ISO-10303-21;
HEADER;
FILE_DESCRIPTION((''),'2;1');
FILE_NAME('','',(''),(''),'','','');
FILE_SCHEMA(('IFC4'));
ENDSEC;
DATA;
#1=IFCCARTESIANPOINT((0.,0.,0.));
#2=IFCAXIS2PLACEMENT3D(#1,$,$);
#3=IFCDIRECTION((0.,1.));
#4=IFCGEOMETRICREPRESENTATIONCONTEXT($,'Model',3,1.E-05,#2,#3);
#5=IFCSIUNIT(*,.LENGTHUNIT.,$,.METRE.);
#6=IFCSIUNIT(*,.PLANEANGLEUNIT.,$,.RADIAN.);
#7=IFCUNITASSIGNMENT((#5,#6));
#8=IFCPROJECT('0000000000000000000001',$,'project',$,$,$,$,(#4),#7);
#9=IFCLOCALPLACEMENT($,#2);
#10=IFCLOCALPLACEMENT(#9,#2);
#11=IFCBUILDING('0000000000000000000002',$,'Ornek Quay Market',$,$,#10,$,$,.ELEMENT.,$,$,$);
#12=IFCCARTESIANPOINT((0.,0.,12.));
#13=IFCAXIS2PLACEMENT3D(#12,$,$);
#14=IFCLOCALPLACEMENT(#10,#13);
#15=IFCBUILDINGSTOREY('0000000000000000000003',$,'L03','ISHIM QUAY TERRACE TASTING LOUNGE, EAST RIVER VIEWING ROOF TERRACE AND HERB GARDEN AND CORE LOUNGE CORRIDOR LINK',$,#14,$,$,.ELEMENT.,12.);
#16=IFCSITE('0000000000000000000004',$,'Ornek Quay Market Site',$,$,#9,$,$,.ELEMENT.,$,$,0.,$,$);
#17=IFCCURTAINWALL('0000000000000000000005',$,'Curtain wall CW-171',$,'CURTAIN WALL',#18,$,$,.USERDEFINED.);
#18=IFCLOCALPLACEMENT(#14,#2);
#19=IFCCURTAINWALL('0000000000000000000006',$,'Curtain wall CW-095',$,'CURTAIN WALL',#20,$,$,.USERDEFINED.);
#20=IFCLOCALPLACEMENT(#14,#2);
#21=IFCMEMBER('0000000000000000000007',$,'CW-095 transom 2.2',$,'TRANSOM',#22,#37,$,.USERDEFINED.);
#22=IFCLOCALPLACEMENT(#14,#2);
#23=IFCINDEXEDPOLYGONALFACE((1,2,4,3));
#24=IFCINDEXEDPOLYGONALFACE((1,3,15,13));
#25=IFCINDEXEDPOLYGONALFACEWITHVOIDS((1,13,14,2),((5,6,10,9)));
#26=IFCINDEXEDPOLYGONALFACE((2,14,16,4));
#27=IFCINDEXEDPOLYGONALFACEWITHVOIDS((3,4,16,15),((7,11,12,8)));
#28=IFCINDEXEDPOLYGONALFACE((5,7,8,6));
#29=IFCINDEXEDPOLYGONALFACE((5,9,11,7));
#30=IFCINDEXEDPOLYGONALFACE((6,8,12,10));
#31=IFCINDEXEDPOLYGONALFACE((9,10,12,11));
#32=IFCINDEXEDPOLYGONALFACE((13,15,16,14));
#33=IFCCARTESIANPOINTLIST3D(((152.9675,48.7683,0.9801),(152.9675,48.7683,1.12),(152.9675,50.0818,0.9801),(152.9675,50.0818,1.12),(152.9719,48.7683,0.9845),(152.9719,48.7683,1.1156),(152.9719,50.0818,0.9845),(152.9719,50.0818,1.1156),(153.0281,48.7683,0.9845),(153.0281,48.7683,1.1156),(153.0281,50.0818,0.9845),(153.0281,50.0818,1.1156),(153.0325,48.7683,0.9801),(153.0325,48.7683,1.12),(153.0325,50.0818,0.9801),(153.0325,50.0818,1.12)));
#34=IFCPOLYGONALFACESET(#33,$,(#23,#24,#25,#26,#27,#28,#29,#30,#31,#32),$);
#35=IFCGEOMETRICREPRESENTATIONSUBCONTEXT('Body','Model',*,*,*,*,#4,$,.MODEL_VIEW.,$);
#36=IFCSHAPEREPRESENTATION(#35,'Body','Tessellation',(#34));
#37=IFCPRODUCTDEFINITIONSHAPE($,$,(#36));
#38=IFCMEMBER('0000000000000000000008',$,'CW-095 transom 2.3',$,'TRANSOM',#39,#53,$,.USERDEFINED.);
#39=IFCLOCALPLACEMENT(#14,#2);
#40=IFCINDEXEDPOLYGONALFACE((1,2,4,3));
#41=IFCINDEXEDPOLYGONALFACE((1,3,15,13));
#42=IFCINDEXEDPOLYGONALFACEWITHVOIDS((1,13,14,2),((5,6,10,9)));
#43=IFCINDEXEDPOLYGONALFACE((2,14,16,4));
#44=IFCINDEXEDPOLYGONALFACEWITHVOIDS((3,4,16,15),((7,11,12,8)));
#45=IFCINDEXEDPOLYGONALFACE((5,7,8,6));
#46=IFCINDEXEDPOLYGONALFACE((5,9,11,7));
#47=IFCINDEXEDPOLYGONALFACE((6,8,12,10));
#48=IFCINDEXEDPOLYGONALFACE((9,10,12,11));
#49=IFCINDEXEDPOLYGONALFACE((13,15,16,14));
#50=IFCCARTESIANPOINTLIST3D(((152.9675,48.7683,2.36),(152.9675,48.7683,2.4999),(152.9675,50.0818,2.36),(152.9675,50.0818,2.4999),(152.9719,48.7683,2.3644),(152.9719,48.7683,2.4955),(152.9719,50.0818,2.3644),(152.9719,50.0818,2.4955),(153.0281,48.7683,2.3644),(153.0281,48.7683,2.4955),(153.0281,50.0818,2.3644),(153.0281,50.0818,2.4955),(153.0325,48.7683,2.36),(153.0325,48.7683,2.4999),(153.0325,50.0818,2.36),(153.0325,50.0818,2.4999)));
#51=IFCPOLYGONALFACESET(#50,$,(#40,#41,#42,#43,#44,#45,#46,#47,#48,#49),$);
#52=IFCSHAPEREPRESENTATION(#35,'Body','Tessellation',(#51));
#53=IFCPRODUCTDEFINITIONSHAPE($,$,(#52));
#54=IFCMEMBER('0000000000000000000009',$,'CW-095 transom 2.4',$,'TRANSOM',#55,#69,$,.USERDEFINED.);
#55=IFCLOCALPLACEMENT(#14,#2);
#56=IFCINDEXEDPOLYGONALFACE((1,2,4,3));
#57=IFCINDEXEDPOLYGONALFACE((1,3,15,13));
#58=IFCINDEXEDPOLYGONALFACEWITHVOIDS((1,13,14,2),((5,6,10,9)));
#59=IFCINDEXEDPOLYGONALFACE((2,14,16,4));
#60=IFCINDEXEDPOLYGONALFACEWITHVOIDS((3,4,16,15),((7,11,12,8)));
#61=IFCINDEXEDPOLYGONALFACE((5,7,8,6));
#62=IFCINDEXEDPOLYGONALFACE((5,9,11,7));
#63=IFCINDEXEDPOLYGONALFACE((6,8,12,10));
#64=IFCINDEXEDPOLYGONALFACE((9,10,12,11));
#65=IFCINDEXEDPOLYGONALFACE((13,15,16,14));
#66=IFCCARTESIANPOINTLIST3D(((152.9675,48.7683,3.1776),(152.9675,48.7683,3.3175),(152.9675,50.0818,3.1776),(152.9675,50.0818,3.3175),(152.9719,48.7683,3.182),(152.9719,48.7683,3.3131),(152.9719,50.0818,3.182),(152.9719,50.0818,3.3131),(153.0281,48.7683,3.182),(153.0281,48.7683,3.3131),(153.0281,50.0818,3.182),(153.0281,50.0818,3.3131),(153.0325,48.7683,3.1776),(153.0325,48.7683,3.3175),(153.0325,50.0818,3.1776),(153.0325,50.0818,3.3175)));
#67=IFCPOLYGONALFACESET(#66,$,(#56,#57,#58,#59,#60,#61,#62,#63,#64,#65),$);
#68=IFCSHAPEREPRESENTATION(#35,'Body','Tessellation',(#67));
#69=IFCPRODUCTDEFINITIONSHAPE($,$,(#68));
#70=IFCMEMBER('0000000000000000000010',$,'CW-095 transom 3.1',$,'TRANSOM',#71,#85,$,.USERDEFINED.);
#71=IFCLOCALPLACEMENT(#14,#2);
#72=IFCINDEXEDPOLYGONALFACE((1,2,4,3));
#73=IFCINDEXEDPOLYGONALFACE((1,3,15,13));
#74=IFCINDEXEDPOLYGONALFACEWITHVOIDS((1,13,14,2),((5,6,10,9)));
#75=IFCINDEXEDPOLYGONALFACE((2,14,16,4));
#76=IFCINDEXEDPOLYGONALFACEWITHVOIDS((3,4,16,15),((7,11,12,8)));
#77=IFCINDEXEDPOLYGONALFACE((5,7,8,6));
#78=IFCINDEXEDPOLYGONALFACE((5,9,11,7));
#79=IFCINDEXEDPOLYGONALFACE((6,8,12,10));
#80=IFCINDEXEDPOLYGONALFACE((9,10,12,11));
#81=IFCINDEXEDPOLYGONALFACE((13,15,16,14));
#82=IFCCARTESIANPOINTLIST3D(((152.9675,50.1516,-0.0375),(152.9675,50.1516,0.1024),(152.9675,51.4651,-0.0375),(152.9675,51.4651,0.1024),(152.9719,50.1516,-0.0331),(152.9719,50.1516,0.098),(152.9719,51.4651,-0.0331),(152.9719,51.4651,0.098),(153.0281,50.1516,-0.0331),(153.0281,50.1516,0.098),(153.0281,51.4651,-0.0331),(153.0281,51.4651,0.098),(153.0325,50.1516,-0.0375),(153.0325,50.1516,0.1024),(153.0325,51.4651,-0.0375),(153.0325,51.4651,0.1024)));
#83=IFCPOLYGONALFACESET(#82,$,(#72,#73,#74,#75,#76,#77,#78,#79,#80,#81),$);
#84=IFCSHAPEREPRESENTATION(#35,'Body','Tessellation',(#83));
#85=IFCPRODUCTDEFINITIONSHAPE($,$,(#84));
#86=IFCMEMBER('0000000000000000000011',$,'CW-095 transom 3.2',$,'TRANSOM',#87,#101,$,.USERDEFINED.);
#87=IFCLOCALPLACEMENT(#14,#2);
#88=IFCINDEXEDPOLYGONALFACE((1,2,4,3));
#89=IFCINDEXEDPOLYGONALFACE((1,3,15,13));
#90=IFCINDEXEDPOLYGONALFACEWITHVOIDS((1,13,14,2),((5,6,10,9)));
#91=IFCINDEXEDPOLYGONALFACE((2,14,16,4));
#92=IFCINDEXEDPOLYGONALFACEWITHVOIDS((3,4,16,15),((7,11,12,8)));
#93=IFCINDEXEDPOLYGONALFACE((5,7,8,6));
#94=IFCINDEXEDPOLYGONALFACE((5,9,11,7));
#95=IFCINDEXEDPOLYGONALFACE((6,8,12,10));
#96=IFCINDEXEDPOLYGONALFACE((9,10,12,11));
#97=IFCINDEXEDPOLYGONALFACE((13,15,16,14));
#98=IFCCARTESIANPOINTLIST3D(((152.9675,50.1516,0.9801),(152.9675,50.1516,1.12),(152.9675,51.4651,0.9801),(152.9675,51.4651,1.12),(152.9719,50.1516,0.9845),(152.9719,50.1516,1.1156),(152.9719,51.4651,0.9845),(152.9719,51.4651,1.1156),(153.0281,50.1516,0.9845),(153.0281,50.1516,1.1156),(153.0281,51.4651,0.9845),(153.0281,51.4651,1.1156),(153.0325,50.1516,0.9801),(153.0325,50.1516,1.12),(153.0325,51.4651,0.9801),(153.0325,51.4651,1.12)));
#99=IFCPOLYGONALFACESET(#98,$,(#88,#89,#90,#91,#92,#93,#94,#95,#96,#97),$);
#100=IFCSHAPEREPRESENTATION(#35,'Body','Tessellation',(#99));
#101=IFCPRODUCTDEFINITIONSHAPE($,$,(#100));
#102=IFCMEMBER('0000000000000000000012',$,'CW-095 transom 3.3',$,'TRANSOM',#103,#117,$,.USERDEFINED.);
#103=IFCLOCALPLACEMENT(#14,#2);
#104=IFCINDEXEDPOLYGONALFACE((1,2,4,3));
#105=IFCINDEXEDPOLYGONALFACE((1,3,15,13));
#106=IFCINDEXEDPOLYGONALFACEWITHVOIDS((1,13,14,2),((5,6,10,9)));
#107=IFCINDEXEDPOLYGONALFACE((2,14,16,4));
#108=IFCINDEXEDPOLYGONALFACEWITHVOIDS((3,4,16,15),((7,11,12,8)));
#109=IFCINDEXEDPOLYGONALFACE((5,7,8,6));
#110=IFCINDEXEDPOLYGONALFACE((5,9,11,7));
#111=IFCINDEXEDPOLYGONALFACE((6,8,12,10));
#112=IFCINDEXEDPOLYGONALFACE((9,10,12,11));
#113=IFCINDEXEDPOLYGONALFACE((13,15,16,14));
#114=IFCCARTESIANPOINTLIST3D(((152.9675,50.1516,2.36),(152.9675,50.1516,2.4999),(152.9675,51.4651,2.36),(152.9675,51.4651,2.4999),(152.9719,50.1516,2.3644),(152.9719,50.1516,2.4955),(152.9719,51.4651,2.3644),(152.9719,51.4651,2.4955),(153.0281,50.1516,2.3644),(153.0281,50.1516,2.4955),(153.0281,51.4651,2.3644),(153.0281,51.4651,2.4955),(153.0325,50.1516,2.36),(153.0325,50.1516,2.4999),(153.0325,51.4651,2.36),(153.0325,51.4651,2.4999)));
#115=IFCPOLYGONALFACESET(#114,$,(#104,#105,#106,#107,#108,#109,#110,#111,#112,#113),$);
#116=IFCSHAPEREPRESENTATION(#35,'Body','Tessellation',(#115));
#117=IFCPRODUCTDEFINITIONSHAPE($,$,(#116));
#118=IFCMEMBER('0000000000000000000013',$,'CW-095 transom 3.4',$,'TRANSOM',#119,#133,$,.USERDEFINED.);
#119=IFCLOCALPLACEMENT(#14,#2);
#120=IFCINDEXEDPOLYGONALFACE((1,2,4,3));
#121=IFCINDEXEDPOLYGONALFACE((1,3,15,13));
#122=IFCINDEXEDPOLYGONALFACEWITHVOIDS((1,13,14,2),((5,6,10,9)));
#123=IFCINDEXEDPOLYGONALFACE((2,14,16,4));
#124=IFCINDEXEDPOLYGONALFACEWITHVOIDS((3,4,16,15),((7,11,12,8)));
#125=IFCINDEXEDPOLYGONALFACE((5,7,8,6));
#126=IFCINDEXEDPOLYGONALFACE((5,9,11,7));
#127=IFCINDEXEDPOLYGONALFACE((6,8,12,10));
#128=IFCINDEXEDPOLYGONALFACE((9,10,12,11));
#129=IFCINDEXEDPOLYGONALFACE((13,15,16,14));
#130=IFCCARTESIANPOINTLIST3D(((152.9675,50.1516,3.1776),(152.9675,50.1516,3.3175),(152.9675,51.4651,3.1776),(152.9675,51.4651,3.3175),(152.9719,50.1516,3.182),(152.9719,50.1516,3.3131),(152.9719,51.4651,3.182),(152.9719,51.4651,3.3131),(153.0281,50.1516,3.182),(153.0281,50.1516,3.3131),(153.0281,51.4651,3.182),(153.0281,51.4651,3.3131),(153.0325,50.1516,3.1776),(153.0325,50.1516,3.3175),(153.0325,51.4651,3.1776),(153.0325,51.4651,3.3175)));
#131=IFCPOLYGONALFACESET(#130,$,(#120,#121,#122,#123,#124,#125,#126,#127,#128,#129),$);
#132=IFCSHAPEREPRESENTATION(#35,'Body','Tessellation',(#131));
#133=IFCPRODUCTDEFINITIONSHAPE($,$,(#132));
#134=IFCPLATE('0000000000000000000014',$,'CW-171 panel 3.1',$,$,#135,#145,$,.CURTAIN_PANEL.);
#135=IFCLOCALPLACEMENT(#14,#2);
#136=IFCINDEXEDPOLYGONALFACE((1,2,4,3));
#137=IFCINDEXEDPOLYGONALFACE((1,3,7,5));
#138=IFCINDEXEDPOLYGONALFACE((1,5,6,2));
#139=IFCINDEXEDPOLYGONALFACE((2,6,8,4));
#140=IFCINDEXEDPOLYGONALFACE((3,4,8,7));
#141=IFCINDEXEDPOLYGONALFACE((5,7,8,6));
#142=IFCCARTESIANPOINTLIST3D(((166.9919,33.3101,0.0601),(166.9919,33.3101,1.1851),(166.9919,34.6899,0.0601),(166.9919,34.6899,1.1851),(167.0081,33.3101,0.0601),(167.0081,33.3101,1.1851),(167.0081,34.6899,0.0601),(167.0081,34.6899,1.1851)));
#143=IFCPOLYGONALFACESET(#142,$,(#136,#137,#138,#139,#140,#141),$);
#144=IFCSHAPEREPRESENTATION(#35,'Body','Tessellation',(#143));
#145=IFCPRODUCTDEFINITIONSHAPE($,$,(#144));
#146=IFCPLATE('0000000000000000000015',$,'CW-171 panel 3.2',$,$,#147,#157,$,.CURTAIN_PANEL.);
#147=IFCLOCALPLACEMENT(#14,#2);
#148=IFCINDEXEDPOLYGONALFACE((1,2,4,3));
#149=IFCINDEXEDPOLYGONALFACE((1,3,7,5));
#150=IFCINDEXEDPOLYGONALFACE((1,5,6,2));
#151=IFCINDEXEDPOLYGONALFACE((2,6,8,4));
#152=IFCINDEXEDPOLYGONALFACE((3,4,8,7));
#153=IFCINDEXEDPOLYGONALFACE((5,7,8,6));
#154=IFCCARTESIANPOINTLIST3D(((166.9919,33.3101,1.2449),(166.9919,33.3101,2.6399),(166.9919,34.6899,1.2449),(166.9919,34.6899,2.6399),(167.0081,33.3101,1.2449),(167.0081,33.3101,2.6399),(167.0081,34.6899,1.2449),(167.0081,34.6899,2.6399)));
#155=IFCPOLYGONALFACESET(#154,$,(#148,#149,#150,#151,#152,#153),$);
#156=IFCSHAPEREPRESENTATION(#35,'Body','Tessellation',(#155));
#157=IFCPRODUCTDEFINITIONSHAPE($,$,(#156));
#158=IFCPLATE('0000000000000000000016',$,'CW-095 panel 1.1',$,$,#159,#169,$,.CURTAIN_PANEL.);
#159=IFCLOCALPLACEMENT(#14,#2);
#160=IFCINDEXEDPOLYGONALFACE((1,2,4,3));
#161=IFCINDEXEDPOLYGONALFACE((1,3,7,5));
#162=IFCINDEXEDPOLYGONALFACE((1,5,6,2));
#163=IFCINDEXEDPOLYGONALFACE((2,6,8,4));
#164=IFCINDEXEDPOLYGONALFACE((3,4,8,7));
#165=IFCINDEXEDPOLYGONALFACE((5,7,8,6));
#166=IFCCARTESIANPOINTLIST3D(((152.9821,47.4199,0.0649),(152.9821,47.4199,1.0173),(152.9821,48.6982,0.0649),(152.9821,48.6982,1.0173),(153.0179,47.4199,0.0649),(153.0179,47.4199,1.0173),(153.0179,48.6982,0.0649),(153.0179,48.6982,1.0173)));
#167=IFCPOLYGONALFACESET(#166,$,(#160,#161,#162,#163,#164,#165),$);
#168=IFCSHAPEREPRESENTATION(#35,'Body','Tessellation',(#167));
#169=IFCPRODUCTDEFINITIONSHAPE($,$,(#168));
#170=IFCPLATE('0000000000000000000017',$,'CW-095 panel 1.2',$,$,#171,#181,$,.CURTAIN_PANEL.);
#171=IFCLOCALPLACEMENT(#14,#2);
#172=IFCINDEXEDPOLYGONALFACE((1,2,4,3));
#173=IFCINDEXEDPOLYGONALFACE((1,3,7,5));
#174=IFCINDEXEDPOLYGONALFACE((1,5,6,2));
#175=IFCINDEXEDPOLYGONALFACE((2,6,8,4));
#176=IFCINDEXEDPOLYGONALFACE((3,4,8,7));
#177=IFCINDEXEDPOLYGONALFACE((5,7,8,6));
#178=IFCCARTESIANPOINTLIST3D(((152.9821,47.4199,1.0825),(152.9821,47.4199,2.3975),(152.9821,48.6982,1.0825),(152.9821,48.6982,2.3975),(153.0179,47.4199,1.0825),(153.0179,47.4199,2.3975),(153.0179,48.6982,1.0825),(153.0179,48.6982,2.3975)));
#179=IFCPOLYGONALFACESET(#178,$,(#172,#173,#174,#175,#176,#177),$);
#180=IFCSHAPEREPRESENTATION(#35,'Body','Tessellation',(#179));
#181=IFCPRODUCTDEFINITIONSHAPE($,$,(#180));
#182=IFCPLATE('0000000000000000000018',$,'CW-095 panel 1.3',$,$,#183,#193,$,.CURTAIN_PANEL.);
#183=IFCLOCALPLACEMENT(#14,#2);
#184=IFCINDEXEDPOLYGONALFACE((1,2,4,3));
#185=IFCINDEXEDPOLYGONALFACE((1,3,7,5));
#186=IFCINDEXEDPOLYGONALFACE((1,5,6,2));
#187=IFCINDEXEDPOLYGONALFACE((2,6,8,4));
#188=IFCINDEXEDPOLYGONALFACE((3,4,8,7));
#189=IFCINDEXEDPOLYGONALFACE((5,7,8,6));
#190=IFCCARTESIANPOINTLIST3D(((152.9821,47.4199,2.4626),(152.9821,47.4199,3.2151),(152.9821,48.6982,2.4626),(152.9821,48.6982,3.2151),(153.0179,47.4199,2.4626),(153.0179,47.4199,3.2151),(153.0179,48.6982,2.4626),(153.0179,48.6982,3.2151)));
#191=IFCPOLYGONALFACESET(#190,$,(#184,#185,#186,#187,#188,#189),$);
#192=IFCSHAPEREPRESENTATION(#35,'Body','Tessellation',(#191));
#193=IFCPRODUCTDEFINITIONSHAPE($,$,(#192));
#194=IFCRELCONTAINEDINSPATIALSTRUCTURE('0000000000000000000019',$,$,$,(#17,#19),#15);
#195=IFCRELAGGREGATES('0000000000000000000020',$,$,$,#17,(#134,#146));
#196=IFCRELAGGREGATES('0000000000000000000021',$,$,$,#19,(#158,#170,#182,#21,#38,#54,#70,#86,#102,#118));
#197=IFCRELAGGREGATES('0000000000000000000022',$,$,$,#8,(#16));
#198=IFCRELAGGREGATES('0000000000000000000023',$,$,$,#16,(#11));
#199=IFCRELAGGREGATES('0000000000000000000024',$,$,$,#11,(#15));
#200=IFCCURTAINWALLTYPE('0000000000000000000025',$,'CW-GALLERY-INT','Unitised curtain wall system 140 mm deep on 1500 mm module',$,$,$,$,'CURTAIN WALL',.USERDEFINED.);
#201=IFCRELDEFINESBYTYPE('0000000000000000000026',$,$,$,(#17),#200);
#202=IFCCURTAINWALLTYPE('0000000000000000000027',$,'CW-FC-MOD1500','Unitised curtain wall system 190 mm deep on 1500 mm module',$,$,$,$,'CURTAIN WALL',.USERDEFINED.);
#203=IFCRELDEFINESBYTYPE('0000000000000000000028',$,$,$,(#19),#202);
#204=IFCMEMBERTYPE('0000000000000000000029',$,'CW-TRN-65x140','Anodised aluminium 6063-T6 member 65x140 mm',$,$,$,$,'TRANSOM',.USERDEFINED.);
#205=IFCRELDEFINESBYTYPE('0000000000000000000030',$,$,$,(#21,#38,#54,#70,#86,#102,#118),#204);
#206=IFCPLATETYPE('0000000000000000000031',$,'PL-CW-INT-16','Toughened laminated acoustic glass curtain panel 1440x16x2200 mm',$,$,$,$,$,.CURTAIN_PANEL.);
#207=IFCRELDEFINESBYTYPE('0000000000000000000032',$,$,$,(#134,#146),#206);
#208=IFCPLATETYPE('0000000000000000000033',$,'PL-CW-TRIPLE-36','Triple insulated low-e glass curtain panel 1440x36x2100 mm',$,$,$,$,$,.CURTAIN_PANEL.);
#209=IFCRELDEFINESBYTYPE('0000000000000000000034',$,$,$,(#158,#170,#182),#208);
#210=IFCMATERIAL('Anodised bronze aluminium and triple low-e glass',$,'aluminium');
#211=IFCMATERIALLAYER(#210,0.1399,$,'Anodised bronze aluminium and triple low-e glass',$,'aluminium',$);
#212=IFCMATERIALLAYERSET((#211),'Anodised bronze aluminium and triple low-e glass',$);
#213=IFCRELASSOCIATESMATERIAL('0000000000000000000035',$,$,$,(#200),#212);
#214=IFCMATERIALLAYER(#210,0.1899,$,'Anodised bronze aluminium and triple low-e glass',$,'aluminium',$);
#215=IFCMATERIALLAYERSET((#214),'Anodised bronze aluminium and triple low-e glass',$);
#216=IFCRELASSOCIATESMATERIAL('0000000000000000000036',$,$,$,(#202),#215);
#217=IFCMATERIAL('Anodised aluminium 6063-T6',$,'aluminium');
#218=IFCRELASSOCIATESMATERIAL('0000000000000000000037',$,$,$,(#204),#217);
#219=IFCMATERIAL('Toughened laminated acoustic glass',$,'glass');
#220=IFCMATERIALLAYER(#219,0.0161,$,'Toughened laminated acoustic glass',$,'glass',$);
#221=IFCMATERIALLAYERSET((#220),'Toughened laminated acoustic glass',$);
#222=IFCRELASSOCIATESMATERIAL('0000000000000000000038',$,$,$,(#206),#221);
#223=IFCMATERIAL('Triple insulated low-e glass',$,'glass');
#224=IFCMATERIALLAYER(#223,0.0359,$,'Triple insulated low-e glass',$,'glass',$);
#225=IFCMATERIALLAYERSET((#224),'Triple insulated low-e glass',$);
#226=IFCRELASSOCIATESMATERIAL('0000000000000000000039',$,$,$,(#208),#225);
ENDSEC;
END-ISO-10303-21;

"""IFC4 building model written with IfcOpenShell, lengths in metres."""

from ifc_helpers import new_model, si_unit, direction, frame, origin, origin_2d, place, context, subcontext, project, spatial, rectangle, hollow_rectangle, extrude, material, layer, layer_set, material_profile, profile_set, type_object, element, aggregate, save


model = new_model("IFC4")

# Units and contexts
model_context = context("Model", 3, precision=1e-05, world=origin(), true_north=direction((0.0, 1.0)))
body_context = subcontext(model_context, "Body", "Model", "MODEL_VIEW")
ifc_project = project(units=[si_unit("LENGTHUNIT", "METRE"), si_unit("PLANEANGLEUNIT", "RADIAN")], contexts=[model_context])

# Site, building, storey
site_placement = place(None, origin())
site = spatial("IfcSite", under=ifc_project, at=site_placement, Name="Ornek Quay Market Site", CompositionType="ELEMENT", RefElevation=0.0)
building_placement = place(site_placement, origin())
building = spatial("IfcBuilding", under=site, at=building_placement, Name="Ornek Quay Market", CompositionType="ELEMENT")
storey_placement = place(building_placement, frame((0.0, 0.0, 12.0)))
storey = spatial("IfcBuildingStorey", under=building, at=storey_placement, Name="L03", Description="ISHIM QUAY TERRACE TASTING LOUNGE, EAST RIVER VIEWING ROOF TERRACE AND HERB GARDEN AND CORE LOUNGE CORRIDOR LINK", CompositionType="ELEMENT", Elevation=12.0)

# Curtain wall
ifc_material_1 = material(Name="Anodised bronze aluminium and triple low-e glass", Category="aluminium")
ifc_layer_1 = layer(ifc_material_1, 0.1399, Name="Anodised bronze aluminium and triple low-e glass", Category="aluminium")
ifc_layer_set_1 = layer_set([ifc_layer_1], Name="Anodised bronze aluminium and triple low-e glass")
curtain_wall_type_1 = type_object("IfcCurtainWallType", Name="CW-GALLERY-INT", Description="Unitised curtain wall system 140 mm deep on 1500 mm module", ElementType="CURTAIN WALL", PredefinedType="USERDEFINED", material=ifc_layer_set_1)
curtain_wall_1_placement = place(storey_placement, origin())
curtain_wall_1 = element("IfcCurtainWall", 1, at=curtain_wall_1_placement, inside=storey, type_object=curtain_wall_type_1, Name="Curtain wall CW-171", ObjectType="CURTAIN WALL", PredefinedType="USERDEFINED")
ifc_material_2 = material(Name="Anodised aluminium 6063-T6", Category="aluminium")

# Curtain wall
ifc_layer_2 = layer(ifc_material_1, 0.1899, Name="Anodised bronze aluminium and triple low-e glass", Category="aluminium")
ifc_layer_set_2 = layer_set([ifc_layer_2], Name="Anodised bronze aluminium and triple low-e glass")
curtain_wall_type_2 = type_object("IfcCurtainWallType", Name="CW-FC-MOD1500", Description="Unitised curtain wall system 190 mm deep on 1500 mm module", ElementType="CURTAIN WALL", PredefinedType="USERDEFINED", material=ifc_layer_set_2)
curtain_wall_2_placement = place(storey_placement, origin())
curtain_wall_2 = element("IfcCurtainWall", 2, at=curtain_wall_2_placement, inside=storey, type_object=curtain_wall_type_2, Name="Curtain wall CW-095", ObjectType="CURTAIN WALL", PredefinedType="USERDEFINED")

# Members
ifc_material_profile_1 = material_profile(ifc_material_2, hollow_rectangle(XDim=0.0649, YDim=0.1399, WallThickness=0.0044, at=origin_2d()), Name="CW-TRN-65x140", Category="aluminium")
ifc_profile_set_1 = profile_set([ifc_material_profile_1], Name="Anodised aluminium 6063-T6")
member_type_1 = type_object("IfcMemberType", Name="CW-TRN-65x140", Description="Anodised aluminium 6063-T6 member 65x140 mm", ElementType="TRANSOM", PredefinedType="USERDEFINED", material=ifc_profile_set_1)
member_1_placement = place(storey_placement, frame((153.0, 48.7683, 1.05), z_axis=(0.0, 1.0, 0.0), x_axis=(-1.0, 0.0, 0.0)))
member_1 = element("IfcMember", 3, at=member_1_placement, type_object=member_type_1, Name="CW-095 transom 2.2", ObjectType="TRANSOM", PredefinedType="USERDEFINED", context=body_context, shape_type="SweptSolid", body=[
    extrude(hollow_rectangle(XDim=0.0649, YDim=0.1399, WallThickness=0.0044, at=origin_2d()), origin(), (0.0, 0.0, 1.0), 1.3135),
])
member_2_placement = place(storey_placement, frame((153.0, 48.7683, 2.4299), z_axis=(0.0, 1.0, 0.0), x_axis=(-1.0, 0.0, 0.0)))
member_2 = element("IfcMember", 4, at=member_2_placement, type_object=member_type_1, Name="CW-095 transom 2.3", ObjectType="TRANSOM", PredefinedType="USERDEFINED", context=body_context, shape_type="SweptSolid", body=[
    extrude(hollow_rectangle(XDim=0.0649, YDim=0.1399, WallThickness=0.0044, at=origin_2d()), origin(), (0.0, 0.0, 1.0), 1.3135),
])
member_3_placement = place(storey_placement, frame((153.0, 48.7683, 3.2476), z_axis=(0.0, 1.0, 0.0), x_axis=(-1.0, 0.0, 0.0)))
member_3 = element("IfcMember", 5, at=member_3_placement, type_object=member_type_1, Name="CW-095 transom 2.4", ObjectType="TRANSOM", PredefinedType="USERDEFINED", context=body_context, shape_type="SweptSolid", body=[
    extrude(hollow_rectangle(XDim=0.0649, YDim=0.1399, WallThickness=0.0044, at=origin_2d()), origin(), (0.0, 0.0, 1.0), 1.3135),
])
member_4_placement = place(storey_placement, frame((153.0, 50.1516, 0.0325), z_axis=(0.0, 1.0, 0.0), x_axis=(-1.0, 0.0, 0.0)))
member_4 = element("IfcMember", 6, at=member_4_placement, type_object=member_type_1, Name="CW-095 transom 3.1", ObjectType="TRANSOM", PredefinedType="USERDEFINED", context=body_context, shape_type="SweptSolid", body=[
    extrude(hollow_rectangle(XDim=0.0649, YDim=0.1399, WallThickness=0.0044, at=origin_2d()), origin(), (0.0, 0.0, 1.0), 1.3135),
])
member_5_placement = place(storey_placement, frame((153.0, 50.1516, 1.05), z_axis=(0.0, 1.0, 0.0), x_axis=(-1.0, 0.0, 0.0)))
member_5 = element("IfcMember", 7, at=member_5_placement, type_object=member_type_1, Name="CW-095 transom 3.2", ObjectType="TRANSOM", PredefinedType="USERDEFINED", context=body_context, shape_type="SweptSolid", body=[
    extrude(hollow_rectangle(XDim=0.0649, YDim=0.1399, WallThickness=0.0044, at=origin_2d()), origin(), (0.0, 0.0, 1.0), 1.3135),
])
member_6_placement = place(storey_placement, frame((153.0, 50.1516, 2.4299), z_axis=(0.0, 1.0, 0.0), x_axis=(-1.0, 0.0, 0.0)))
member_6 = element("IfcMember", 8, at=member_6_placement, type_object=member_type_1, Name="CW-095 transom 3.3", ObjectType="TRANSOM", PredefinedType="USERDEFINED", context=body_context, shape_type="SweptSolid", body=[
    extrude(hollow_rectangle(XDim=0.0649, YDim=0.1399, WallThickness=0.0044, at=origin_2d()), origin(), (0.0, 0.0, 1.0), 1.3135),
])
member_7_placement = place(storey_placement, frame((153.0, 50.1516, 3.2476), z_axis=(0.0, 1.0, 0.0), x_axis=(-1.0, 0.0, 0.0)))
member_7 = element("IfcMember", 9, at=member_7_placement, type_object=member_type_1, Name="CW-095 transom 3.4", ObjectType="TRANSOM", PredefinedType="USERDEFINED", context=body_context, shape_type="SweptSolid", body=[
    extrude(hollow_rectangle(XDim=0.0649, YDim=0.1399, WallThickness=0.0044, at=origin_2d()), origin(), (0.0, 0.0, 1.0), 1.3135),
])

# Plates
ifc_material_3 = material(Name="Toughened laminated acoustic glass", Category="glass")
ifc_layer_3 = layer(ifc_material_3, 0.0161, Name="Toughened laminated acoustic glass", Category="glass")
ifc_layer_set_3 = layer_set([ifc_layer_3], Name="Toughened laminated acoustic glass")
plate_type_1 = type_object("IfcPlateType", Name="PL-CW-INT-16", Description="Toughened laminated acoustic glass curtain panel 1440x16x2200 mm", PredefinedType="CURTAIN_PANEL", material=ifc_layer_set_3)
plate_1_placement = place(storey_placement, frame((167.0, 34.0, 0.0601), z_axis=(0.0, 0.0, 1.0), x_axis=(0.0, 1.0, 0.0)))
plate_1 = element("IfcPlate", 10, at=plate_1_placement, type_object=plate_type_1, Name="CW-171 panel 3.1", PredefinedType="CURTAIN_PANEL", context=body_context, shape_type="SweptSolid", body=[
    extrude(rectangle(XDim=1.3799, YDim=0.0161, at=origin_2d()), origin(), (0.0, 0.0, 1.0), 1.125),
])
plate_2_placement = place(storey_placement, frame((167.0, 34.0, 1.2449), z_axis=(0.0, 0.0, 1.0), x_axis=(0.0, 1.0, 0.0)))
plate_2 = element("IfcPlate", 11, at=plate_2_placement, type_object=plate_type_1, Name="CW-171 panel 3.2", PredefinedType="CURTAIN_PANEL", context=body_context, shape_type="SweptSolid", body=[
    extrude(rectangle(XDim=1.3799, YDim=0.0161, at=origin_2d()), origin(), (0.0, 0.0, 1.0), 1.395),
])
aggregate(curtain_wall_1, [plate_1, plate_2])
ifc_material_4 = material(Name="Triple insulated low-e glass", Category="glass")
ifc_layer_4 = layer(ifc_material_4, 0.0359, Name="Triple insulated low-e glass", Category="glass")
ifc_layer_set_4 = layer_set([ifc_layer_4], Name="Triple insulated low-e glass")
plate_type_2 = type_object("IfcPlateType", Name="PL-CW-TRIPLE-36", Description="Triple insulated low-e glass curtain panel 1440x36x2100 mm", PredefinedType="CURTAIN_PANEL", material=ifc_layer_set_4)
plate_3_placement = place(storey_placement, frame((153.0, 48.0591, 0.0649), z_axis=(0.0, 0.0, 1.0), x_axis=(0.0, 1.0, 0.0)))
plate_3 = element("IfcPlate", 12, at=plate_3_placement, type_object=plate_type_2, Name="CW-095 panel 1.1", PredefinedType="CURTAIN_PANEL", context=body_context, shape_type="SweptSolid", body=[
    extrude(rectangle(XDim=1.2783, YDim=0.0359, at=origin_2d()), origin(), (0.0, 0.0, 1.0), 0.9524),
])
plate_4_placement = place(storey_placement, frame((153.0, 48.0591, 1.0825), z_axis=(0.0, 0.0, 1.0), x_axis=(0.0, 1.0, 0.0)))
plate_4 = element("IfcPlate", 13, at=plate_4_placement, type_object=plate_type_2, Name="CW-095 panel 1.2", PredefinedType="CURTAIN_PANEL", context=body_context, shape_type="SweptSolid", body=[
    extrude(rectangle(XDim=1.2783, YDim=0.0359, at=origin_2d()), origin(), (0.0, 0.0, 1.0), 1.3149),
])
plate_5_placement = place(storey_placement, frame((153.0, 48.0591, 2.4626), z_axis=(0.0, 0.0, 1.0), x_axis=(0.0, 1.0, 0.0)))
plate_5 = element("IfcPlate", 14, at=plate_5_placement, type_object=plate_type_2, Name="CW-095 panel 1.3", PredefinedType="CURTAIN_PANEL", context=body_context, shape_type="SweptSolid", body=[
    extrude(rectangle(XDim=1.2783, YDim=0.0359, at=origin_2d()), origin(), (0.0, 0.0, 1.0), 0.7524),
])
aggregate(curtain_wall_2, [plate_3, plate_4, plate_5, member_1, member_2, member_3, member_4, member_5, member_6, member_7])

save(model, "model.ifc")
